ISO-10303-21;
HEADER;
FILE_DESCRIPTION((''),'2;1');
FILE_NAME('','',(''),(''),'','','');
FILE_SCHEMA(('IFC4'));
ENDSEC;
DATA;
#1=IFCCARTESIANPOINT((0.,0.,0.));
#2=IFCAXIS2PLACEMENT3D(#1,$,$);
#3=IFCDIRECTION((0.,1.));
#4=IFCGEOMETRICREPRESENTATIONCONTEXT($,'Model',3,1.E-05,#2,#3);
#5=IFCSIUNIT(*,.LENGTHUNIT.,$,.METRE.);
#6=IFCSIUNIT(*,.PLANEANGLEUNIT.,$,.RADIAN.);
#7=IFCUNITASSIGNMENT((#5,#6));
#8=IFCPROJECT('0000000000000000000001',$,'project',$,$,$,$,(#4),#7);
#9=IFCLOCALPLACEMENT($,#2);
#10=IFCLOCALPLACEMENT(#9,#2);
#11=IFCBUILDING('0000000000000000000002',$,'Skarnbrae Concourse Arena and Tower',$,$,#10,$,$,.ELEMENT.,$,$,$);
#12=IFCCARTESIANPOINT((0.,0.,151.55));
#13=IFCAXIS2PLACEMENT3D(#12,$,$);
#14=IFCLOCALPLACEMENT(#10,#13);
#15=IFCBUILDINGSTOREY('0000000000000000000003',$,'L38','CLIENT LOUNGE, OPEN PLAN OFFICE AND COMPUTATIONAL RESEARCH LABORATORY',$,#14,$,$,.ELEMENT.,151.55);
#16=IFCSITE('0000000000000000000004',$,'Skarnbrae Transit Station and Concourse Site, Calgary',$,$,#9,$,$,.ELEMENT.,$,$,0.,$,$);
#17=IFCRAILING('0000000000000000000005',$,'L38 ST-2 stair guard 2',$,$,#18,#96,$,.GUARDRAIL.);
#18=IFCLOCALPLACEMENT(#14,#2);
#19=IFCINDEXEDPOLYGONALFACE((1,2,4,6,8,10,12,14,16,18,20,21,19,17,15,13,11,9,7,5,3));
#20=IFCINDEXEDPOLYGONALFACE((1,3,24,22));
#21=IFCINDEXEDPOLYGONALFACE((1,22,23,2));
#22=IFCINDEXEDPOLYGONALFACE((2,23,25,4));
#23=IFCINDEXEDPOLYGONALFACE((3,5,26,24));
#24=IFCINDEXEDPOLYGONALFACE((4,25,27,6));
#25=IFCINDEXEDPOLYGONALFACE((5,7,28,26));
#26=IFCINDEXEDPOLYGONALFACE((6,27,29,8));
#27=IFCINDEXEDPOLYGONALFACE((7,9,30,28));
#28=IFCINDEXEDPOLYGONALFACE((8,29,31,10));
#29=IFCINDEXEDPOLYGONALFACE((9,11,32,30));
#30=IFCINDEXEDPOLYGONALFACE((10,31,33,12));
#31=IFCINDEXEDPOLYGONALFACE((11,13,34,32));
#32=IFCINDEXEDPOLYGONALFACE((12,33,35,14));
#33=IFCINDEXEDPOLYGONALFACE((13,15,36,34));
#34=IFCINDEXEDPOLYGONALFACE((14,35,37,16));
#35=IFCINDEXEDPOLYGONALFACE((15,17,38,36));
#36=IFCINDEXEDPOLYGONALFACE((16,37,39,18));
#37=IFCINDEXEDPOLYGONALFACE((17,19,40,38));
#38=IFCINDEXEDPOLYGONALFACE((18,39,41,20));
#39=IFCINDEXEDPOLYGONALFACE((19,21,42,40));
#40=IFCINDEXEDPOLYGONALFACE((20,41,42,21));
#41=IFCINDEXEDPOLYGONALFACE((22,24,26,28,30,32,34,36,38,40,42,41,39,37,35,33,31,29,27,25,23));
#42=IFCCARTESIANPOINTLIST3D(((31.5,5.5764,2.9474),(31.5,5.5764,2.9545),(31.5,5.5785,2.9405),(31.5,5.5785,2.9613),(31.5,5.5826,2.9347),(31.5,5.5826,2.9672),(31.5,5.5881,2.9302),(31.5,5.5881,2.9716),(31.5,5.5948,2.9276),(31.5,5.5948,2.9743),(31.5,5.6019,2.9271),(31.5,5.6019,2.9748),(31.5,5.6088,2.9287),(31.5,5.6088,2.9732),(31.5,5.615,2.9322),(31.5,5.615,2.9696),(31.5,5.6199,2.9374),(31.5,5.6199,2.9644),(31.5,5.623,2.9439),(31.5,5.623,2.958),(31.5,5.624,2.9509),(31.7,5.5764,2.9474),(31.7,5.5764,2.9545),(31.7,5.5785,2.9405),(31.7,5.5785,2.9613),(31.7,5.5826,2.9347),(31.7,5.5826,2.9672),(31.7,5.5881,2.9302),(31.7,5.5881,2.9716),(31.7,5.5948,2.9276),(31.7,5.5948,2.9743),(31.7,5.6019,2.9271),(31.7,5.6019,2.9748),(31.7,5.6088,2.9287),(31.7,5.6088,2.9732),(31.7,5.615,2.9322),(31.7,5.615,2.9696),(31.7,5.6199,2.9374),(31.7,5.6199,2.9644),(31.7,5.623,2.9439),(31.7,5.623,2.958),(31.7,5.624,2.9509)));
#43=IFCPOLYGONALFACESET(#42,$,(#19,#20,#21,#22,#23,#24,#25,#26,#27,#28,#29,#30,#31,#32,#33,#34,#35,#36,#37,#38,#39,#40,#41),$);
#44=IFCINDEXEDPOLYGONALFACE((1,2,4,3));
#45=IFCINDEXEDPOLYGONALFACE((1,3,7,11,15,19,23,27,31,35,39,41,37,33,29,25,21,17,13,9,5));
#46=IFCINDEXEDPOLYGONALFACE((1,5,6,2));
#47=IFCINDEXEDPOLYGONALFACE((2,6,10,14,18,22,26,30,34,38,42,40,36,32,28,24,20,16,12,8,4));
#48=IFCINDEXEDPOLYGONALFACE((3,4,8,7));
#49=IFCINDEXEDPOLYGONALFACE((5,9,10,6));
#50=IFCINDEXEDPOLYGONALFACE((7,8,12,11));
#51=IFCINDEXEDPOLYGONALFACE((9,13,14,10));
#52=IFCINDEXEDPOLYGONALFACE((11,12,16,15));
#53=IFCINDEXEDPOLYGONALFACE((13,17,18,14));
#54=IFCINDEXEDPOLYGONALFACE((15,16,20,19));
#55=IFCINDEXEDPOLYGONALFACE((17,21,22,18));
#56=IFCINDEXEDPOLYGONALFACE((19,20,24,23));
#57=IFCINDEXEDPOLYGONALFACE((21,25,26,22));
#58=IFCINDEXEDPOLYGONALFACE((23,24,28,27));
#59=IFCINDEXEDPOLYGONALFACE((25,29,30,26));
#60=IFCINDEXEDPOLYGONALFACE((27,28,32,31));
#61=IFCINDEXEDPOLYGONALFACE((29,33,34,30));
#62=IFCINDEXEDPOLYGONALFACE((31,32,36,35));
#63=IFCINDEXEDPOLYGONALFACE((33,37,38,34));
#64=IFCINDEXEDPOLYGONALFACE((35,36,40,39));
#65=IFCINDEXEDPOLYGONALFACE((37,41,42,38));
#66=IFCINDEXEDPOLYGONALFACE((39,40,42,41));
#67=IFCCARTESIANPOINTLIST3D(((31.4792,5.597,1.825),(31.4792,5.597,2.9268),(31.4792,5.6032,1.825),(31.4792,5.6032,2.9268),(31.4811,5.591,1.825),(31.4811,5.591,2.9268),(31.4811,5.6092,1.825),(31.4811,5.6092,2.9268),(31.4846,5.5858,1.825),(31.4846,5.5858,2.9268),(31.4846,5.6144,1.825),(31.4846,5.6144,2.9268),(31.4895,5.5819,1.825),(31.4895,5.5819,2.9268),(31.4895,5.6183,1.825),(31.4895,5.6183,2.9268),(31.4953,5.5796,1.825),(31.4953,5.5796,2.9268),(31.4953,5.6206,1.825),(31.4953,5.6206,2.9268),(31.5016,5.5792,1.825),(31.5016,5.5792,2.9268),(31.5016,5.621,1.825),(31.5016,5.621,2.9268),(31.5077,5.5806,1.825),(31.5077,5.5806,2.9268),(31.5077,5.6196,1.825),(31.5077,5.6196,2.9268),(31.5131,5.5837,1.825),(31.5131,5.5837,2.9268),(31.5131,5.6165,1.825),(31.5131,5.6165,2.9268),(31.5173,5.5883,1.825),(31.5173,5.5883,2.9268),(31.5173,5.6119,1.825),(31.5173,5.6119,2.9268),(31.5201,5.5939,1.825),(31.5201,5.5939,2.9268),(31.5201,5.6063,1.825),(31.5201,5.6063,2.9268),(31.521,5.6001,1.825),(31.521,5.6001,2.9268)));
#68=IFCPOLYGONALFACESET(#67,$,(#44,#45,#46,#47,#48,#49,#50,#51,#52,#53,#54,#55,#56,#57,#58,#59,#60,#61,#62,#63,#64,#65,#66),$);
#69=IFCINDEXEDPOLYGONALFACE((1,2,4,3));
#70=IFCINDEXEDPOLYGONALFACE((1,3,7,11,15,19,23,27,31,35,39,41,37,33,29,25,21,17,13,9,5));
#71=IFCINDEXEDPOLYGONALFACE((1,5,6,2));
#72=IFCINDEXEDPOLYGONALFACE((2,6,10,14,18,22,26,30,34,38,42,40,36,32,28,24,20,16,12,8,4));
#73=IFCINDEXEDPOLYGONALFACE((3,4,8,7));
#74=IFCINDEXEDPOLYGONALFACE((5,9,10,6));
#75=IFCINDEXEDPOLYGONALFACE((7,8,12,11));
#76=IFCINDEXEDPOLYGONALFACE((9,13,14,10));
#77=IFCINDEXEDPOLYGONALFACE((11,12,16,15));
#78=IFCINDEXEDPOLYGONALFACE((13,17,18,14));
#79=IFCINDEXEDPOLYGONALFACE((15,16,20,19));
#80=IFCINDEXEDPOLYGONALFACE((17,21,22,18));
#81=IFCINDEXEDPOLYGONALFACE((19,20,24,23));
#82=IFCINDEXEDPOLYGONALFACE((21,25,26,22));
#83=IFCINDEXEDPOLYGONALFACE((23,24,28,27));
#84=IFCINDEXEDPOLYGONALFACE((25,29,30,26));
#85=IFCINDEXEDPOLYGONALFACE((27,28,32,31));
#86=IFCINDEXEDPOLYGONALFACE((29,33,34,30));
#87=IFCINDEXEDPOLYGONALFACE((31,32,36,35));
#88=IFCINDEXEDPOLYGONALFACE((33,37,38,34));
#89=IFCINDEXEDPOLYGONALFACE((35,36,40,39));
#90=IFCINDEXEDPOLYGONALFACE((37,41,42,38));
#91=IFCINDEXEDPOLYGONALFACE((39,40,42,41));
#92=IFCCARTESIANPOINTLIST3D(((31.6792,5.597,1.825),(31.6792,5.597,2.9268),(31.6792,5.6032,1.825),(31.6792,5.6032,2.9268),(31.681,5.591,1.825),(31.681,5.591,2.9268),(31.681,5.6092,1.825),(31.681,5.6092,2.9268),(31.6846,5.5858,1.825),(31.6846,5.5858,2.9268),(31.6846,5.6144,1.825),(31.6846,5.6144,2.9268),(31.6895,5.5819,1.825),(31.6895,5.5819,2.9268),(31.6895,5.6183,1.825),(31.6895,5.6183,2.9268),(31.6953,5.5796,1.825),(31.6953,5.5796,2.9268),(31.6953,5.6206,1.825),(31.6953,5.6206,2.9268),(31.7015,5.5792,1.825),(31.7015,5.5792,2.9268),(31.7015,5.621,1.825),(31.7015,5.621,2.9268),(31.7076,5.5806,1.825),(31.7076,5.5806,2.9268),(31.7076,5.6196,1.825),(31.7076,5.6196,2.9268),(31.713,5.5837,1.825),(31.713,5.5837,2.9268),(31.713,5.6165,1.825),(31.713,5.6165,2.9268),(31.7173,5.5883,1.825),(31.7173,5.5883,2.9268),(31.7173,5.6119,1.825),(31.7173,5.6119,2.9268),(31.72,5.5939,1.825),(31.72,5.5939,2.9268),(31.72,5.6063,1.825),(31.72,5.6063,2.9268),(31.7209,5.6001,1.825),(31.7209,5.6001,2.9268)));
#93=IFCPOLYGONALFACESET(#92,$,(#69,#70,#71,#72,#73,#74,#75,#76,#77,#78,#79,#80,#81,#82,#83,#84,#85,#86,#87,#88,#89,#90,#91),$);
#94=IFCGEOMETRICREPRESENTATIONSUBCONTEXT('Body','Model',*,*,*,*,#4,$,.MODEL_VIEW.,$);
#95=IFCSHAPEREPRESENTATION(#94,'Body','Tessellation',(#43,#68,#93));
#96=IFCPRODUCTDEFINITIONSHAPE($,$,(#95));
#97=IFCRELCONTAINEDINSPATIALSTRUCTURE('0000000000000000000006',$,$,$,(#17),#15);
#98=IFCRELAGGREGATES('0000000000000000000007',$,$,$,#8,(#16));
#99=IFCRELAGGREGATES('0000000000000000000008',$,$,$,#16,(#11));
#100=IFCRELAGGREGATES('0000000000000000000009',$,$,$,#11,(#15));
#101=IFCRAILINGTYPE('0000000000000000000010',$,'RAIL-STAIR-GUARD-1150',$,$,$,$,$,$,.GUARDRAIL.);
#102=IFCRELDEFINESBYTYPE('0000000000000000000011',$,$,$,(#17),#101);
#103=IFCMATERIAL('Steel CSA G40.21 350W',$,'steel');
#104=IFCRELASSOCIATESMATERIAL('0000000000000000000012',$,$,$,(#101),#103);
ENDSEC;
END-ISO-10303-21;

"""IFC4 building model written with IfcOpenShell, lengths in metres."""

from ifc_helpers import new_model, si_unit, direction, frame, origin, origin_2d, place, context, subcontext, project, spatial, circle, extrude, material, type_object, element, save


model = new_model("IFC4")

# Units and contexts
model_context = context("Model", 3, precision=1e-05, world=origin(), true_north=direction((0.0, 1.0)))
body_context = subcontext(model_context, "Body", "Model", "MODEL_VIEW")
ifc_project = project(units=[si_unit("LENGTHUNIT", "METRE"), si_unit("PLANEANGLEUNIT", "RADIAN")], contexts=[model_context])

# Site, building, storey
site_placement = place(None, origin())
site = spatial("IfcSite", under=ifc_project, at=site_placement, Name="Skarnbrae Transit Station and Concourse Site, Calgary", CompositionType="ELEMENT", RefElevation=0.0)
building_placement = place(site_placement, origin())
building = spatial("IfcBuilding", under=site, at=building_placement, Name="Skarnbrae Concourse Arena and Tower", CompositionType="ELEMENT")
storey_placement = place(building_placement, frame((0.0, 0.0, 151.55)))
storey = spatial("IfcBuildingStorey", under=building, at=storey_placement, Name="L38", Description="CLIENT LOUNGE, OPEN PLAN OFFICE AND COMPUTATIONAL RESEARCH LABORATORY", CompositionType="ELEMENT", Elevation=151.55)

# Shared definitions
ifc_material_1 = material(Name="Steel CSA G40.21 350W", Category="steel")

# Railing
railing_type_1 = type_object("IfcRailingType", Name="RAIL-STAIR-GUARD-1150", PredefinedType="GUARDRAIL", material=ifc_material_1)
railing_1_placement = place(storey_placement, frame((31.5, 5.6001, 1.825)))
element("IfcRailing", 1, at=railing_1_placement, inside=storey, type_object=railing_type_1, Name="L38 ST-2 stair guard 2", PredefinedType="GUARDRAIL", context=body_context, shape_type="SweptSolid", body=[
    extrude(circle(Radius=0.0239, at=origin_2d()), frame((0.0, 0.0, 1.126), z_axis=(1.0, 0.0, 0.0), x_axis=(0.0, 1.0, 0.0)), (0.0, 0.0, 1.0), 0.2),
    extrude(circle(Radius=0.021, at=origin_2d()), origin(), (0.0, 0.0, 1.0), 1.1018),
    extrude(circle(Radius=0.021, at=origin_2d()), frame((0.2, 0.0, 0.0)), (0.0, 0.0, 1.0), 1.1018),
])

save(model, "model.ifc")
